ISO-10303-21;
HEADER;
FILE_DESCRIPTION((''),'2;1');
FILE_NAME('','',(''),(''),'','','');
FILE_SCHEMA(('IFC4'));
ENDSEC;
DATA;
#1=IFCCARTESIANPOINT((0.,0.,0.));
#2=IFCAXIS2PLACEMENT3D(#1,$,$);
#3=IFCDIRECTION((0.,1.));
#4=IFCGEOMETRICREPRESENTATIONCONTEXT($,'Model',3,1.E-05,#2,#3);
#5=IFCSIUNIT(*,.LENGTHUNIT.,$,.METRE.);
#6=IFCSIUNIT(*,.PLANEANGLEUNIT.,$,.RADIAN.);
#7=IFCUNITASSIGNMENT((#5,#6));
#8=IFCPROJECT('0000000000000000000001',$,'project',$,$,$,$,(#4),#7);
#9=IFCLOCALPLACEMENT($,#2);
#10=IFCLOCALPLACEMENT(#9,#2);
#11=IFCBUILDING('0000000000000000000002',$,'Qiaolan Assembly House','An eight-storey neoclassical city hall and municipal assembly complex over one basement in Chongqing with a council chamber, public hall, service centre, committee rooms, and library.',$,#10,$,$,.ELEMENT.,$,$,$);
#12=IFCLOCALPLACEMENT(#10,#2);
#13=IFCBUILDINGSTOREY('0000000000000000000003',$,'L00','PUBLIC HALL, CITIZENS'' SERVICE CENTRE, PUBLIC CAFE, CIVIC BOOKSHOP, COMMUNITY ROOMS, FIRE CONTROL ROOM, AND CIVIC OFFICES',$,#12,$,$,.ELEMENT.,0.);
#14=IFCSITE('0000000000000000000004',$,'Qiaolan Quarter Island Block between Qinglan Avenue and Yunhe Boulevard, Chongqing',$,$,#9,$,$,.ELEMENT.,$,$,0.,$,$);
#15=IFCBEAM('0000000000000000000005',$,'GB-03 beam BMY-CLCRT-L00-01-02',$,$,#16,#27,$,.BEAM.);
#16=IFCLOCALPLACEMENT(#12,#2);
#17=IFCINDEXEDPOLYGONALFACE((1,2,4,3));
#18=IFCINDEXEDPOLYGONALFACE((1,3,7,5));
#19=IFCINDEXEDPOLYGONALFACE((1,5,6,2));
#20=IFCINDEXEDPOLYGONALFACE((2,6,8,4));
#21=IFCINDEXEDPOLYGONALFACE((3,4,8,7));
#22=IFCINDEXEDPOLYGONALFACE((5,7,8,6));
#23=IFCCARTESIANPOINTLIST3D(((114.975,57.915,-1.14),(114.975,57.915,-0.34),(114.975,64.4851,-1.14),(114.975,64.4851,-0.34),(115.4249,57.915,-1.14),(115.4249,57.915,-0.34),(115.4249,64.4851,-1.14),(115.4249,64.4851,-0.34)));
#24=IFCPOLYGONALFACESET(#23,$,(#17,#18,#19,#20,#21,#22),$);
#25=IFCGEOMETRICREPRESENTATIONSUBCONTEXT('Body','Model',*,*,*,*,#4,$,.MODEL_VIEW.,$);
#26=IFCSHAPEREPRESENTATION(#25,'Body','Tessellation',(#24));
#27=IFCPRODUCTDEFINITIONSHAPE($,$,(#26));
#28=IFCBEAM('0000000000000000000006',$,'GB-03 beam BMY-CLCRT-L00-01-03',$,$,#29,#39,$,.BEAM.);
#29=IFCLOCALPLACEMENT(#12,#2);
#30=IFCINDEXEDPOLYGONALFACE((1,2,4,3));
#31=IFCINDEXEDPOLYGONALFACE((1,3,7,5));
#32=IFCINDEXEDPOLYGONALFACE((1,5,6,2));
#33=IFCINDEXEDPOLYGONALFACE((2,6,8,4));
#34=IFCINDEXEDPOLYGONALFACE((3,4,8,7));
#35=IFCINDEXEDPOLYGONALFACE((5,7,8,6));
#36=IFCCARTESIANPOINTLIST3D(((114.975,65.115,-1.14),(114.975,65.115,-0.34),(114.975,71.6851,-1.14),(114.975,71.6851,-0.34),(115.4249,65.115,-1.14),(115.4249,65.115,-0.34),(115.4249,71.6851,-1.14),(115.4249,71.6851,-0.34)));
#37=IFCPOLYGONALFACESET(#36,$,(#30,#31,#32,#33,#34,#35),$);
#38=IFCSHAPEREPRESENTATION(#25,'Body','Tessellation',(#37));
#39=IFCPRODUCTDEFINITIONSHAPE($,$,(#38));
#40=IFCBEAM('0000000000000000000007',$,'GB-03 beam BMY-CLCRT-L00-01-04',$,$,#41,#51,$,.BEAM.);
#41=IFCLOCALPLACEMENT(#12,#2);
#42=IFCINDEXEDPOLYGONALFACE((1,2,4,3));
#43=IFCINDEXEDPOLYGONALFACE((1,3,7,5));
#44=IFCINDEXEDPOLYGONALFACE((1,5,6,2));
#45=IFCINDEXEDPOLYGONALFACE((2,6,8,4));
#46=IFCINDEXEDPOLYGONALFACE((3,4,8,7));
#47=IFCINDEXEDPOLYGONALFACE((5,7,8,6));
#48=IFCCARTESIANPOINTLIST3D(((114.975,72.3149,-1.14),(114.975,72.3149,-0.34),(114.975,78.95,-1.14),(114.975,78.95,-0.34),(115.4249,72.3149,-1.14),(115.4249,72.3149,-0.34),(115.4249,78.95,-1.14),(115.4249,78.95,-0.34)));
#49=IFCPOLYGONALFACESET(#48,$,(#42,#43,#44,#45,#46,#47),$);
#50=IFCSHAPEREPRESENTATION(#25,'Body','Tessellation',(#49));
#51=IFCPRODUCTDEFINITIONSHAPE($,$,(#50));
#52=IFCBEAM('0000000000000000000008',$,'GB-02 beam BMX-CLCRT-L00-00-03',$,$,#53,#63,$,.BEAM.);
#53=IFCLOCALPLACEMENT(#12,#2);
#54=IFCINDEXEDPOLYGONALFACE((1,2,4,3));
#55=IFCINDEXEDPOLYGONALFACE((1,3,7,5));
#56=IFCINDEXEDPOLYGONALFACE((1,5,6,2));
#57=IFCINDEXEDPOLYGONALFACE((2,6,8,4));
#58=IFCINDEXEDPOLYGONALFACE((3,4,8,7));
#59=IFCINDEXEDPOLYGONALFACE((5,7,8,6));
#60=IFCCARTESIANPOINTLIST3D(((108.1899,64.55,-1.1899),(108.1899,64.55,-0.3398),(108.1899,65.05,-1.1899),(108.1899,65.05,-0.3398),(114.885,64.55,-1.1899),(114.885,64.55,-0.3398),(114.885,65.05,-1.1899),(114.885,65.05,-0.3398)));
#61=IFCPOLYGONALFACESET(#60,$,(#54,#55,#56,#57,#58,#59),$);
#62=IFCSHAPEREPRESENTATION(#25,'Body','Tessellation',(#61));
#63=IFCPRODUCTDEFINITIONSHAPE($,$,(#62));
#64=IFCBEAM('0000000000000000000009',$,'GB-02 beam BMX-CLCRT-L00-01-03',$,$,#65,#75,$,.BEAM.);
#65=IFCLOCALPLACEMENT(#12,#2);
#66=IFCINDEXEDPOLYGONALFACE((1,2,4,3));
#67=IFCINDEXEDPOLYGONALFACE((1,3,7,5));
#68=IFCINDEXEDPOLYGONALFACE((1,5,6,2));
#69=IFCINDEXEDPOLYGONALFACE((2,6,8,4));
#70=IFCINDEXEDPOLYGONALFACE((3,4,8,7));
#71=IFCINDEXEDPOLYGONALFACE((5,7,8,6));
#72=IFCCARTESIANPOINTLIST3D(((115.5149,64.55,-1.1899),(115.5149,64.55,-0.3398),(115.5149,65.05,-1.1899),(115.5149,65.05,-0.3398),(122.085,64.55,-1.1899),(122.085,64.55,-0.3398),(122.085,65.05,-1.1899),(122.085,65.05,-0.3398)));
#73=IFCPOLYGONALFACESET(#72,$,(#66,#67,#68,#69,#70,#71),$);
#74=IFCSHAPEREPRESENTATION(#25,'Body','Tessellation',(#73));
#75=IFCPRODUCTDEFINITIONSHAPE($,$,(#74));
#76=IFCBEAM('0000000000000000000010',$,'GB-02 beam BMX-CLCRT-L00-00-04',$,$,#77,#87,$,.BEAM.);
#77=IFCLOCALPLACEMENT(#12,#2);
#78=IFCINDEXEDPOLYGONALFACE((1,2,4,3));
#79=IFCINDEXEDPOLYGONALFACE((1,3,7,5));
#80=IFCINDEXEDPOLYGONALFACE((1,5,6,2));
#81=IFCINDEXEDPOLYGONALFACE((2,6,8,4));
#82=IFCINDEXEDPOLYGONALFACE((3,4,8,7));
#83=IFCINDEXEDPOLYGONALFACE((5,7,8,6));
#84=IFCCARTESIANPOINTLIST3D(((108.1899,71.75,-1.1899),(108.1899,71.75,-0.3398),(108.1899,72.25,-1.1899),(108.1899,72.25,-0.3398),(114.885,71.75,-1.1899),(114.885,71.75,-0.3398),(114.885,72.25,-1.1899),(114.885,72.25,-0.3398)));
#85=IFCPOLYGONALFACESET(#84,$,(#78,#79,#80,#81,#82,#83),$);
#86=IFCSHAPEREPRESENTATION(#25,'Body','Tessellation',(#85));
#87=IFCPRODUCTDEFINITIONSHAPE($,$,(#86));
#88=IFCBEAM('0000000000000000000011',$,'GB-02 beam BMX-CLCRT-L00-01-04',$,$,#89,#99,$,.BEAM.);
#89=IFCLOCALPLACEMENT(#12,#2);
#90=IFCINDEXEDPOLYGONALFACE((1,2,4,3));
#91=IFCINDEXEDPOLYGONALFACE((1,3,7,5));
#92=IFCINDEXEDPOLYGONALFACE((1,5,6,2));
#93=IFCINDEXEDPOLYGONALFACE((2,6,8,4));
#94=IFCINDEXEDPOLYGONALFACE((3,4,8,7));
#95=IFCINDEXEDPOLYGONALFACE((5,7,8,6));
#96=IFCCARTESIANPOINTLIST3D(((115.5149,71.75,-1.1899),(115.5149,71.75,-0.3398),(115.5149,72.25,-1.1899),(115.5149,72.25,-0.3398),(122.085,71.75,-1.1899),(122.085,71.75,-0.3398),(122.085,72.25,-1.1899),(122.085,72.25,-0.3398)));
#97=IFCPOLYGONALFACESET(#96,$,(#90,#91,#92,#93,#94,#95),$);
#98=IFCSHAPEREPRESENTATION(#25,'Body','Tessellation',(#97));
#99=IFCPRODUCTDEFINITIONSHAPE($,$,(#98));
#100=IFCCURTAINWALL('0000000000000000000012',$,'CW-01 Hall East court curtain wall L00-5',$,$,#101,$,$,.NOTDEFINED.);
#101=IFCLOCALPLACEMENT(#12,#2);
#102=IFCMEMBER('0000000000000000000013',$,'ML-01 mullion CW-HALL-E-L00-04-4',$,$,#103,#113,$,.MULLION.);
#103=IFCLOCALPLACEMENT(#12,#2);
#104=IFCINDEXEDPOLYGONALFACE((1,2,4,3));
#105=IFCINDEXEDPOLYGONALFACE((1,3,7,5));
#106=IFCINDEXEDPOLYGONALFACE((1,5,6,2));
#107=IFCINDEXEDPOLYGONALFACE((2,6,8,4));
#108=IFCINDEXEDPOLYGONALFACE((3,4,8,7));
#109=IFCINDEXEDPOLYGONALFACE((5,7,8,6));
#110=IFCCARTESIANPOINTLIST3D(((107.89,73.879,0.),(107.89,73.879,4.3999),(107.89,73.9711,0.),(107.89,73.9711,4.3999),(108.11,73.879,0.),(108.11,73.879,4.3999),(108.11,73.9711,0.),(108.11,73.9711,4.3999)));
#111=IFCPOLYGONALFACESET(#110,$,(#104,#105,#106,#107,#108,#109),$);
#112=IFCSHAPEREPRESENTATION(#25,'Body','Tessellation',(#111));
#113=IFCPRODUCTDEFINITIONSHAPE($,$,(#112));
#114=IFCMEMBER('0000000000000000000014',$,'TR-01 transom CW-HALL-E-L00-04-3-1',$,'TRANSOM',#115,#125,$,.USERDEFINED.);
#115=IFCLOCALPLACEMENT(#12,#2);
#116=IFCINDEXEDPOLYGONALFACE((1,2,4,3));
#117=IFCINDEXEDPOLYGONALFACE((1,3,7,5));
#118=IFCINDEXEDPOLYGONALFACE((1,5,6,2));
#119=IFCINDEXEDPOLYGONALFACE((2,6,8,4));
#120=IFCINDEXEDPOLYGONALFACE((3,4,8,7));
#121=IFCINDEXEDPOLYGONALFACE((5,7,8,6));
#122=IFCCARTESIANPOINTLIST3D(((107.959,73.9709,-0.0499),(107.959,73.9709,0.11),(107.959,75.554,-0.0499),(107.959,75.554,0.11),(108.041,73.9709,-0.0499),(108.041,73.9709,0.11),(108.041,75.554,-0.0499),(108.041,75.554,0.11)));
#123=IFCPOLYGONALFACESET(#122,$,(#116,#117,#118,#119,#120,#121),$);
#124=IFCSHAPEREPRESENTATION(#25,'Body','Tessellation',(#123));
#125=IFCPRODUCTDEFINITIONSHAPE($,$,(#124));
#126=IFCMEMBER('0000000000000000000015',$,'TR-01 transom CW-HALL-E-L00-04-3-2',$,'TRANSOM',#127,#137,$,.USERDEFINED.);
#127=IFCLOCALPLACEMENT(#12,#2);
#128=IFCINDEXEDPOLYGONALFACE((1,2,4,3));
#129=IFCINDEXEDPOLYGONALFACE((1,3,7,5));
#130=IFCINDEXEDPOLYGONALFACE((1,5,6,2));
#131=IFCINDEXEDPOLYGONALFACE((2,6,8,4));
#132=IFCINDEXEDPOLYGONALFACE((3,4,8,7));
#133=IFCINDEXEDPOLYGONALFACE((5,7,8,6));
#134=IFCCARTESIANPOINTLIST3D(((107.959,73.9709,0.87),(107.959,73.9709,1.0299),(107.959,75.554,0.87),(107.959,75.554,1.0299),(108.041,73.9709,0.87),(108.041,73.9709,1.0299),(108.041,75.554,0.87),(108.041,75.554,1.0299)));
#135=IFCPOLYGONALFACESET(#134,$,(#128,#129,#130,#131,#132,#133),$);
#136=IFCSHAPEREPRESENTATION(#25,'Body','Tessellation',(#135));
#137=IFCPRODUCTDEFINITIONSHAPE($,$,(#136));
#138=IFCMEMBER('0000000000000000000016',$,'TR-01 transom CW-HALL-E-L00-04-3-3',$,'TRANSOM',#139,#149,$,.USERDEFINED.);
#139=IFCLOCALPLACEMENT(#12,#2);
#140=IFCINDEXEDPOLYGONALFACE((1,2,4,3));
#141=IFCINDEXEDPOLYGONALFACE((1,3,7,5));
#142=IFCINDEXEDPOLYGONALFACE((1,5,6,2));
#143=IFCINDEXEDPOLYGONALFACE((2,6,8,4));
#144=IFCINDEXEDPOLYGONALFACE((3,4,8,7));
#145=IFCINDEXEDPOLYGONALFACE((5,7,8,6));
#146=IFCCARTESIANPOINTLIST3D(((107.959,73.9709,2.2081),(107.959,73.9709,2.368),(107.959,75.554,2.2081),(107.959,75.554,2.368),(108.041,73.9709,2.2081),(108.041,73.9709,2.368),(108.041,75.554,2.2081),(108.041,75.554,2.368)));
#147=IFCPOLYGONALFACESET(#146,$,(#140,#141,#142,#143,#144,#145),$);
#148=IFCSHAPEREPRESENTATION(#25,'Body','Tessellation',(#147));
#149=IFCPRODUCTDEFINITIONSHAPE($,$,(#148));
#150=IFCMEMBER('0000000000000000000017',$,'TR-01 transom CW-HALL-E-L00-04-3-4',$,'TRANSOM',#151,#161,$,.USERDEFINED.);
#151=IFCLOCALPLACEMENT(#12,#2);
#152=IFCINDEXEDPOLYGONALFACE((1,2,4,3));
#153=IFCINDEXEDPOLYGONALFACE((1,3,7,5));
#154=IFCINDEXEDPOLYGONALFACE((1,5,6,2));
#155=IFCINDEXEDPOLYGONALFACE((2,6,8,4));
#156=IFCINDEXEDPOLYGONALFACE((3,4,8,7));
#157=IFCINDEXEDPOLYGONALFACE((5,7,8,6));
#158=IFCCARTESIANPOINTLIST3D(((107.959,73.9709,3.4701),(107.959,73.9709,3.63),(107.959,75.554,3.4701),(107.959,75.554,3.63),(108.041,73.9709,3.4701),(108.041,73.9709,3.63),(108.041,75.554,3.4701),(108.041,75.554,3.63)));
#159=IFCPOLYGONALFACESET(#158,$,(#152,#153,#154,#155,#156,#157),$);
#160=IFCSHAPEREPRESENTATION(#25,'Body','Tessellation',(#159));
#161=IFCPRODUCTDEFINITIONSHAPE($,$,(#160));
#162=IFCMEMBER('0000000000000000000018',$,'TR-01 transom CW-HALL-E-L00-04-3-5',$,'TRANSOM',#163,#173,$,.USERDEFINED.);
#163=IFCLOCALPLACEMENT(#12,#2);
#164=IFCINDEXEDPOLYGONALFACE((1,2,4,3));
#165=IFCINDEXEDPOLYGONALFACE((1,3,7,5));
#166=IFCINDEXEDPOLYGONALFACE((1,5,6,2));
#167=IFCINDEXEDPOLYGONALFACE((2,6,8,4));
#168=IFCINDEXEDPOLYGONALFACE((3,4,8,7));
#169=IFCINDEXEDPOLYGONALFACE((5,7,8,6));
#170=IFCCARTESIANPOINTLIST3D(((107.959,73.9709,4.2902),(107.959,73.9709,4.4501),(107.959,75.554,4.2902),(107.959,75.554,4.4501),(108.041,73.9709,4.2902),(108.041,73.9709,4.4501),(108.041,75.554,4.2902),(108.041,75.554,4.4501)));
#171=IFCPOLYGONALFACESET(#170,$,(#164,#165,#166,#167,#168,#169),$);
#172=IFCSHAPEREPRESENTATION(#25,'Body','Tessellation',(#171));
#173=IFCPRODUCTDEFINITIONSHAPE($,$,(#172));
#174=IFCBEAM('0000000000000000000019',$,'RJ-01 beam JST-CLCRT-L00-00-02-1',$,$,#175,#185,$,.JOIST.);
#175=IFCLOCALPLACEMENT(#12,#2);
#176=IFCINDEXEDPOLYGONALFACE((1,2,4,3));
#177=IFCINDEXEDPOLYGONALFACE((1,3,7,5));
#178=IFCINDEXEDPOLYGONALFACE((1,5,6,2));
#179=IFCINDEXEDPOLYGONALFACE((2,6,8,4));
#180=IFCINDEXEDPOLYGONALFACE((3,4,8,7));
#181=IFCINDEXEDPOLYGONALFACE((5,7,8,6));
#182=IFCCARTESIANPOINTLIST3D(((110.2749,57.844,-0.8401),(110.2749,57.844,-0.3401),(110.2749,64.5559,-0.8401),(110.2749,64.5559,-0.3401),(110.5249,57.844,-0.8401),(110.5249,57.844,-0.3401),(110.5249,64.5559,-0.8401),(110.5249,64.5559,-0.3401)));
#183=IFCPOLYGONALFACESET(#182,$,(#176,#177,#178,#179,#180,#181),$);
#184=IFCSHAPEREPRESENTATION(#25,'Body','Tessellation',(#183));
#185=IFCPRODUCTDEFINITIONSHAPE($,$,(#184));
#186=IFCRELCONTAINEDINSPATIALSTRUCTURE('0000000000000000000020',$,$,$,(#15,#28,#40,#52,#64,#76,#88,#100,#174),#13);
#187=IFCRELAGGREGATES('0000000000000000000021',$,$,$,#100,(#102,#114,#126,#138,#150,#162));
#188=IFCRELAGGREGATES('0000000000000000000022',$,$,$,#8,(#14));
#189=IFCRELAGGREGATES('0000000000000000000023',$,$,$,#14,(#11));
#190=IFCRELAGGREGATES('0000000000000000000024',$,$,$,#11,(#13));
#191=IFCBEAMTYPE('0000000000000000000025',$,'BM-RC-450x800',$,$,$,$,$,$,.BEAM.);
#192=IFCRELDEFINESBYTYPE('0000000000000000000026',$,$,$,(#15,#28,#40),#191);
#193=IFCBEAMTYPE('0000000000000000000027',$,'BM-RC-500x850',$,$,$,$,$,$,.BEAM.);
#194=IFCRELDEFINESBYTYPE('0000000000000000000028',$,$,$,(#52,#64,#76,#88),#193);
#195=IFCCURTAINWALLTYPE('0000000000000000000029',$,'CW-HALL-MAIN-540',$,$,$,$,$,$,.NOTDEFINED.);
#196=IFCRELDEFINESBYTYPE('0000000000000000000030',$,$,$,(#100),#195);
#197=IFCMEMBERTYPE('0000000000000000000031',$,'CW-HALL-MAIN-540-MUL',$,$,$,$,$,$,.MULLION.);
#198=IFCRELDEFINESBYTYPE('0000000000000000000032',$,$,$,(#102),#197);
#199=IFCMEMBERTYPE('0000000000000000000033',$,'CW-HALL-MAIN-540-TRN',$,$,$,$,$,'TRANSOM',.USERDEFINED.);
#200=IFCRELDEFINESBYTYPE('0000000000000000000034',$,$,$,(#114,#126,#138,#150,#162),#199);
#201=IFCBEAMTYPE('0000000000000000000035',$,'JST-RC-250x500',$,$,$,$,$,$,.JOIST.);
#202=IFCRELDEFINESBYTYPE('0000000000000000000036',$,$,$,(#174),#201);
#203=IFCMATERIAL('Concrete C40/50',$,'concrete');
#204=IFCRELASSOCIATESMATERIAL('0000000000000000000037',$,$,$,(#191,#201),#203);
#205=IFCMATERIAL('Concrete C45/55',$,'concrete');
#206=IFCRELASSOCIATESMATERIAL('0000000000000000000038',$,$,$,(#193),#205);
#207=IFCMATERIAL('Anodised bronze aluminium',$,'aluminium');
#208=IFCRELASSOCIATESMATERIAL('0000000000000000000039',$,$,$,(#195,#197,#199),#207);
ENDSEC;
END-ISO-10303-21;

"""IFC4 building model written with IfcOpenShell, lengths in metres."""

from ifc_helpers import new_model, si_unit, direction, frame, origin, origin_2d, place, context, subcontext, project, spatial, rectangle, extrude, material, material_profile, profile_set, type_object, element, aggregate, save


model = new_model("IFC4")

# Units and contexts
model_context = context("Model", 3, precision=1e-05, world=origin(), true_north=direction((0.0, 1.0)))
body_context = subcontext(model_context, "Body", "Model", "MODEL_VIEW")
ifc_project = project(units=[si_unit("LENGTHUNIT", "METRE"), si_unit("PLANEANGLEUNIT", "RADIAN")], contexts=[model_context])

# Site, building, storey
site_placement = place(None, origin())
site = spatial("IfcSite", under=ifc_project, at=site_placement, Name="Qiaolan Quarter Island Block between Qinglan Avenue and Yunhe Boulevard, Chongqing", CompositionType="ELEMENT", RefElevation=0.0)
building_placement = place(site_placement, origin())
building = spatial("IfcBuilding", under=site, at=building_placement, Name="Qiaolan Assembly House", Description="An eight-storey neoclassical city hall and municipal assembly complex over one basement in Chongqing with a council chamber, public hall, service centre, committee rooms, and library.", CompositionType="ELEMENT")
storey_placement = place(building_placement, origin())
storey = spatial("IfcBuildingStorey", under=building, at=storey_placement, Name="L00", Description="PUBLIC HALL, CITIZENS' SERVICE CENTRE, PUBLIC CAFE, CIVIC BOOKSHOP, COMMUNITY ROOMS, FIRE CONTROL ROOM, AND CIVIC OFFICES", CompositionType="ELEMENT", Elevation=0.0)

# Beams
ifc_material_1 = material(Name="Concrete C40/50", Category="concrete")
ifc_material_profile_1 = material_profile(ifc_material_1, rectangle(XDim=0.45, YDim=0.8, at=origin_2d()), Name="RCB 450x800")
ifc_profile_set_1 = profile_set([ifc_material_profile_1], Name="Concrete C40/50")
beam_type_1 = type_object("IfcBeamType", Name="BM-RC-450x800", PredefinedType="BEAM", material=ifc_profile_set_1)
for number, where, z_axis, x_axis, name in (
    (1, (115.2, 57.915, -0.74), (0.0, 1.0, 0.0), (-1.0, 0.0, 0.0), "GB-03 beam BMY-CLCRT-L00-01-02"),
    (2, (115.2, 65.115, -0.74), (0.0, 1.0, 0.0), (-1.0, 0.0, 0.0), "GB-03 beam BMY-CLCRT-L00-01-03"),
):
    element("IfcBeam", number, at=place(storey_placement, frame(where, z_axis=z_axis, x_axis=x_axis)), inside=storey, type_object=beam_type_1, Name=name, PredefinedType="BEAM", context=body_context, shape_type="SweptSolid", body=[
        extrude(rectangle(XDim=0.45, YDim=0.8, at=origin_2d()), origin(), (0.0, 0.0, 1.0), 6.5701),
    ])
beam_1_placement = place(storey_placement, frame((115.2, 72.3149, -0.74), z_axis=(0.0, 1.0, 0.0), x_axis=(-1.0, 0.0, 0.0)))
element("IfcBeam", 3, at=beam_1_placement, inside=storey, type_object=beam_type_1, Name="GB-03 beam BMY-CLCRT-L00-01-04", PredefinedType="BEAM", context=body_context, shape_type="SweptSolid", body=[
    extrude(rectangle(XDim=0.45, YDim=0.8, at=origin_2d()), origin(), (0.0, 0.0, 1.0), 6.635),
])
ifc_material_2 = material(Name="Concrete C45/55", Category="concrete")
ifc_material_profile_2 = material_profile(ifc_material_2, rectangle(XDim=0.5, YDim=0.8501, at=origin_2d()), Name="RCB 500x850")
ifc_profile_set_2 = profile_set([ifc_material_profile_2], Name="Concrete C45/55")
beam_type_2 = type_object("IfcBeamType", Name="BM-RC-500x850", PredefinedType="BEAM", material=ifc_profile_set_2)
beam_2_placement = place(storey_placement, frame((108.1899, 64.8, -0.7649), z_axis=(1.0, 0.0, 0.0), x_axis=(0.0, 1.0, 0.0)))
element("IfcBeam", 4, at=beam_2_placement, inside=storey, type_object=beam_type_2, Name="GB-02 beam BMX-CLCRT-L00-00-03", PredefinedType="BEAM", context=body_context, shape_type="SweptSolid", body=[
    extrude(rectangle(XDim=0.5, YDim=0.8501, at=origin_2d()), origin(), (0.0, 0.0, 1.0), 6.6951),
])
beam_3_placement = place(storey_placement, frame((115.5149, 64.8, -0.7649), z_axis=(1.0, 0.0, 0.0), x_axis=(0.0, 1.0, 0.0)))
element("IfcBeam", 5, at=beam_3_placement, inside=storey, type_object=beam_type_2, Name="GB-02 beam BMX-CLCRT-L00-01-03", PredefinedType="BEAM", context=body_context, shape_type="SweptSolid", body=[
    extrude(rectangle(XDim=0.5, YDim=0.8501, at=origin_2d()), origin(), (0.0, 0.0, 1.0), 6.5701),
])
beam_4_placement = place(storey_placement, frame((108.1899, 72.0, -0.7649), z_axis=(1.0, 0.0, 0.0), x_axis=(0.0, 1.0, 0.0)))
element("IfcBeam", 6, at=beam_4_placement, inside=storey, type_object=beam_type_2, Name="GB-02 beam BMX-CLCRT-L00-00-04", PredefinedType="BEAM", context=body_context, shape_type="SweptSolid", body=[
    extrude(rectangle(XDim=0.5, YDim=0.8501, at=origin_2d()), origin(), (0.0, 0.0, 1.0), 6.6951),
])
beam_5_placement = place(storey_placement, frame((115.5149, 72.0, -0.7649), z_axis=(1.0, 0.0, 0.0), x_axis=(0.0, 1.0, 0.0)))
element("IfcBeam", 7, at=beam_5_placement, inside=storey, type_object=beam_type_2, Name="GB-02 beam BMX-CLCRT-L00-01-04", PredefinedType="BEAM", context=body_context, shape_type="SweptSolid", body=[
    extrude(rectangle(XDim=0.5, YDim=0.8501, at=origin_2d()), origin(), (0.0, 0.0, 1.0), 6.5701),
])

# Curtain wall, members
ifc_material_3 = material(Name="Anodised bronze aluminium", Category="aluminium")
curtain_wall_type = type_object("IfcCurtainWallType", Name="CW-HALL-MAIN-540", PredefinedType="NOTDEFINED", material=ifc_material_3)
curtain_wall_placement = place(storey_placement, origin())
curtain_wall = element("IfcCurtainWall", 8, at=curtain_wall_placement, inside=storey, type_object=curtain_wall_type, Name="CW-01 Hall East court curtain wall L00-5", PredefinedType="NOTDEFINED")
ifc_material_profile_3 = material_profile(ifc_material_3, rectangle(XDim=0.092, YDim=0.22, at=origin_2d()), Name="MUL 92x220")
ifc_profile_set_3 = profile_set([ifc_material_profile_3], Name="Anodised bronze aluminium")
member_type_1 = type_object("IfcMemberType", Name="CW-HALL-MAIN-540-MUL", PredefinedType="MULLION", material=ifc_profile_set_3)
member_1_placement = place(storey_placement, frame((108.0, 73.925, 0.0), z_axis=(0.0, 0.0, 1.0), x_axis=(0.0, -1.0, 0.0)))
member_1 = element("IfcMember", 9, at=member_1_placement, type_object=member_type_1, Name="ML-01 mullion CW-HALL-E-L00-04-4", PredefinedType="MULLION", context=body_context, shape_type="SweptSolid", body=[
    extrude(rectangle(XDim=0.092, YDim=0.22, at=origin_2d()), origin(), (0.0, 0.0, 1.0), 4.3999),
])
ifc_material_profile_4 = material_profile(ifc_material_3, rectangle(XDim=0.082, YDim=0.1599, at=origin_2d()), Name="TRN 82x160")
ifc_profile_set_4 = profile_set([ifc_material_profile_4], Name="Anodised bronze aluminium")
member_type_2 = type_object("IfcMemberType", Name="CW-HALL-MAIN-540-TRN", ElementType="TRANSOM", PredefinedType="USERDEFINED", material=ifc_profile_set_4)
member_2_placement = place(storey_placement, frame((108.0, 75.554, 0.03), z_axis=(0.0, -1.0, 0.0), x_axis=(1.0, 0.0, 0.0)))
member_2 = element("IfcMember", 10, at=member_2_placement, type_object=member_type_2, Name="TR-01 transom CW-HALL-E-L00-04-3-1", ObjectType="TRANSOM", PredefinedType="USERDEFINED", context=body_context, shape_type="SweptSolid", body=[
    extrude(rectangle(XDim=0.082, YDim=0.1599, at=origin_2d()), origin(), (0.0, 0.0, 1.0), 1.583),
])
member_3_placement = place(storey_placement, frame((108.0, 75.554, 0.95), z_axis=(0.0, -1.0, 0.0), x_axis=(1.0, 0.0, 0.0)))
member_3 = element("IfcMember", 11, at=member_3_placement, type_object=member_type_2, Name="TR-01 transom CW-HALL-E-L00-04-3-2", ObjectType="TRANSOM", PredefinedType="USERDEFINED", context=body_context, shape_type="SweptSolid", body=[
    extrude(rectangle(XDim=0.082, YDim=0.1599, at=origin_2d()), origin(), (0.0, 0.0, 1.0), 1.583),
])
member_4_placement = place(storey_placement, frame((108.0, 75.554, 2.2881), z_axis=(0.0, -1.0, 0.0), x_axis=(1.0, 0.0, 0.0)))
member_4 = element("IfcMember", 12, at=member_4_placement, type_object=member_type_2, Name="TR-01 transom CW-HALL-E-L00-04-3-3", ObjectType="TRANSOM", PredefinedType="USERDEFINED", context=body_context, shape_type="SweptSolid", body=[
    extrude(rectangle(XDim=0.082, YDim=0.1599, at=origin_2d()), origin(), (0.0, 0.0, 1.0), 1.583),
])
member_5_placement = place(storey_placement, frame((108.0, 75.554, 3.55), z_axis=(0.0, -1.0, 0.0), x_axis=(1.0, 0.0, 0.0)))
member_5 = element("IfcMember", 13, at=member_5_placement, type_object=member_type_2, Name="TR-01 transom CW-HALL-E-L00-04-3-4", ObjectType="TRANSOM", PredefinedType="USERDEFINED", context=body_context, shape_type="SweptSolid", body=[
    extrude(rectangle(XDim=0.082, YDim=0.1599, at=origin_2d()), origin(), (0.0, 0.0, 1.0), 1.583),
])
member_6_placement = place(storey_placement, frame((108.0, 75.554, 4.3701), z_axis=(0.0, -1.0, 0.0), x_axis=(1.0, 0.0, 0.0)))
member_6 = element("IfcMember", 14, at=member_6_placement, type_object=member_type_2, Name="TR-01 transom CW-HALL-E-L00-04-3-5", ObjectType="TRANSOM", PredefinedType="USERDEFINED", context=body_context, shape_type="SweptSolid", body=[
    extrude(rectangle(XDim=0.082, YDim=0.1599, at=origin_2d()), origin(), (0.0, 0.0, 1.0), 1.583),
])

# Beam
ifc_material_profile_5 = material_profile(ifc_material_1, rectangle(XDim=0.25, YDim=0.5, at=origin_2d()), Name="RCB 250x500")
ifc_profile_set_5 = profile_set([ifc_material_profile_5], Name="Concrete C40/50")
beam_type_3 = type_object("IfcBeamType", Name="JST-RC-250x500", PredefinedType="JOIST", material=ifc_profile_set_5)
for number, where, z_axis, x_axis, name in (
    (15, (110.3999, 57.844, -0.5901), (0.0, 1.0, 0.0), (-1.0, 0.0, 0.0), "RJ-01 beam JST-CLCRT-L00-00-02-1"),
):
    element("IfcBeam", number, at=place(storey_placement, frame(where, z_axis=z_axis, x_axis=x_axis)), inside=storey, type_object=beam_type_3, Name=name, PredefinedType="JOIST", context=body_context, shape_type="SweptSolid", body=[
        extrude(rectangle(XDim=0.25, YDim=0.5, at=origin_2d()), origin(), (0.0, 0.0, 1.0), 6.7119),
    ])

aggregate(curtain_wall, [member_1, member_2, member_3, member_4, member_5, member_6])

save(model, "model.ifc")
